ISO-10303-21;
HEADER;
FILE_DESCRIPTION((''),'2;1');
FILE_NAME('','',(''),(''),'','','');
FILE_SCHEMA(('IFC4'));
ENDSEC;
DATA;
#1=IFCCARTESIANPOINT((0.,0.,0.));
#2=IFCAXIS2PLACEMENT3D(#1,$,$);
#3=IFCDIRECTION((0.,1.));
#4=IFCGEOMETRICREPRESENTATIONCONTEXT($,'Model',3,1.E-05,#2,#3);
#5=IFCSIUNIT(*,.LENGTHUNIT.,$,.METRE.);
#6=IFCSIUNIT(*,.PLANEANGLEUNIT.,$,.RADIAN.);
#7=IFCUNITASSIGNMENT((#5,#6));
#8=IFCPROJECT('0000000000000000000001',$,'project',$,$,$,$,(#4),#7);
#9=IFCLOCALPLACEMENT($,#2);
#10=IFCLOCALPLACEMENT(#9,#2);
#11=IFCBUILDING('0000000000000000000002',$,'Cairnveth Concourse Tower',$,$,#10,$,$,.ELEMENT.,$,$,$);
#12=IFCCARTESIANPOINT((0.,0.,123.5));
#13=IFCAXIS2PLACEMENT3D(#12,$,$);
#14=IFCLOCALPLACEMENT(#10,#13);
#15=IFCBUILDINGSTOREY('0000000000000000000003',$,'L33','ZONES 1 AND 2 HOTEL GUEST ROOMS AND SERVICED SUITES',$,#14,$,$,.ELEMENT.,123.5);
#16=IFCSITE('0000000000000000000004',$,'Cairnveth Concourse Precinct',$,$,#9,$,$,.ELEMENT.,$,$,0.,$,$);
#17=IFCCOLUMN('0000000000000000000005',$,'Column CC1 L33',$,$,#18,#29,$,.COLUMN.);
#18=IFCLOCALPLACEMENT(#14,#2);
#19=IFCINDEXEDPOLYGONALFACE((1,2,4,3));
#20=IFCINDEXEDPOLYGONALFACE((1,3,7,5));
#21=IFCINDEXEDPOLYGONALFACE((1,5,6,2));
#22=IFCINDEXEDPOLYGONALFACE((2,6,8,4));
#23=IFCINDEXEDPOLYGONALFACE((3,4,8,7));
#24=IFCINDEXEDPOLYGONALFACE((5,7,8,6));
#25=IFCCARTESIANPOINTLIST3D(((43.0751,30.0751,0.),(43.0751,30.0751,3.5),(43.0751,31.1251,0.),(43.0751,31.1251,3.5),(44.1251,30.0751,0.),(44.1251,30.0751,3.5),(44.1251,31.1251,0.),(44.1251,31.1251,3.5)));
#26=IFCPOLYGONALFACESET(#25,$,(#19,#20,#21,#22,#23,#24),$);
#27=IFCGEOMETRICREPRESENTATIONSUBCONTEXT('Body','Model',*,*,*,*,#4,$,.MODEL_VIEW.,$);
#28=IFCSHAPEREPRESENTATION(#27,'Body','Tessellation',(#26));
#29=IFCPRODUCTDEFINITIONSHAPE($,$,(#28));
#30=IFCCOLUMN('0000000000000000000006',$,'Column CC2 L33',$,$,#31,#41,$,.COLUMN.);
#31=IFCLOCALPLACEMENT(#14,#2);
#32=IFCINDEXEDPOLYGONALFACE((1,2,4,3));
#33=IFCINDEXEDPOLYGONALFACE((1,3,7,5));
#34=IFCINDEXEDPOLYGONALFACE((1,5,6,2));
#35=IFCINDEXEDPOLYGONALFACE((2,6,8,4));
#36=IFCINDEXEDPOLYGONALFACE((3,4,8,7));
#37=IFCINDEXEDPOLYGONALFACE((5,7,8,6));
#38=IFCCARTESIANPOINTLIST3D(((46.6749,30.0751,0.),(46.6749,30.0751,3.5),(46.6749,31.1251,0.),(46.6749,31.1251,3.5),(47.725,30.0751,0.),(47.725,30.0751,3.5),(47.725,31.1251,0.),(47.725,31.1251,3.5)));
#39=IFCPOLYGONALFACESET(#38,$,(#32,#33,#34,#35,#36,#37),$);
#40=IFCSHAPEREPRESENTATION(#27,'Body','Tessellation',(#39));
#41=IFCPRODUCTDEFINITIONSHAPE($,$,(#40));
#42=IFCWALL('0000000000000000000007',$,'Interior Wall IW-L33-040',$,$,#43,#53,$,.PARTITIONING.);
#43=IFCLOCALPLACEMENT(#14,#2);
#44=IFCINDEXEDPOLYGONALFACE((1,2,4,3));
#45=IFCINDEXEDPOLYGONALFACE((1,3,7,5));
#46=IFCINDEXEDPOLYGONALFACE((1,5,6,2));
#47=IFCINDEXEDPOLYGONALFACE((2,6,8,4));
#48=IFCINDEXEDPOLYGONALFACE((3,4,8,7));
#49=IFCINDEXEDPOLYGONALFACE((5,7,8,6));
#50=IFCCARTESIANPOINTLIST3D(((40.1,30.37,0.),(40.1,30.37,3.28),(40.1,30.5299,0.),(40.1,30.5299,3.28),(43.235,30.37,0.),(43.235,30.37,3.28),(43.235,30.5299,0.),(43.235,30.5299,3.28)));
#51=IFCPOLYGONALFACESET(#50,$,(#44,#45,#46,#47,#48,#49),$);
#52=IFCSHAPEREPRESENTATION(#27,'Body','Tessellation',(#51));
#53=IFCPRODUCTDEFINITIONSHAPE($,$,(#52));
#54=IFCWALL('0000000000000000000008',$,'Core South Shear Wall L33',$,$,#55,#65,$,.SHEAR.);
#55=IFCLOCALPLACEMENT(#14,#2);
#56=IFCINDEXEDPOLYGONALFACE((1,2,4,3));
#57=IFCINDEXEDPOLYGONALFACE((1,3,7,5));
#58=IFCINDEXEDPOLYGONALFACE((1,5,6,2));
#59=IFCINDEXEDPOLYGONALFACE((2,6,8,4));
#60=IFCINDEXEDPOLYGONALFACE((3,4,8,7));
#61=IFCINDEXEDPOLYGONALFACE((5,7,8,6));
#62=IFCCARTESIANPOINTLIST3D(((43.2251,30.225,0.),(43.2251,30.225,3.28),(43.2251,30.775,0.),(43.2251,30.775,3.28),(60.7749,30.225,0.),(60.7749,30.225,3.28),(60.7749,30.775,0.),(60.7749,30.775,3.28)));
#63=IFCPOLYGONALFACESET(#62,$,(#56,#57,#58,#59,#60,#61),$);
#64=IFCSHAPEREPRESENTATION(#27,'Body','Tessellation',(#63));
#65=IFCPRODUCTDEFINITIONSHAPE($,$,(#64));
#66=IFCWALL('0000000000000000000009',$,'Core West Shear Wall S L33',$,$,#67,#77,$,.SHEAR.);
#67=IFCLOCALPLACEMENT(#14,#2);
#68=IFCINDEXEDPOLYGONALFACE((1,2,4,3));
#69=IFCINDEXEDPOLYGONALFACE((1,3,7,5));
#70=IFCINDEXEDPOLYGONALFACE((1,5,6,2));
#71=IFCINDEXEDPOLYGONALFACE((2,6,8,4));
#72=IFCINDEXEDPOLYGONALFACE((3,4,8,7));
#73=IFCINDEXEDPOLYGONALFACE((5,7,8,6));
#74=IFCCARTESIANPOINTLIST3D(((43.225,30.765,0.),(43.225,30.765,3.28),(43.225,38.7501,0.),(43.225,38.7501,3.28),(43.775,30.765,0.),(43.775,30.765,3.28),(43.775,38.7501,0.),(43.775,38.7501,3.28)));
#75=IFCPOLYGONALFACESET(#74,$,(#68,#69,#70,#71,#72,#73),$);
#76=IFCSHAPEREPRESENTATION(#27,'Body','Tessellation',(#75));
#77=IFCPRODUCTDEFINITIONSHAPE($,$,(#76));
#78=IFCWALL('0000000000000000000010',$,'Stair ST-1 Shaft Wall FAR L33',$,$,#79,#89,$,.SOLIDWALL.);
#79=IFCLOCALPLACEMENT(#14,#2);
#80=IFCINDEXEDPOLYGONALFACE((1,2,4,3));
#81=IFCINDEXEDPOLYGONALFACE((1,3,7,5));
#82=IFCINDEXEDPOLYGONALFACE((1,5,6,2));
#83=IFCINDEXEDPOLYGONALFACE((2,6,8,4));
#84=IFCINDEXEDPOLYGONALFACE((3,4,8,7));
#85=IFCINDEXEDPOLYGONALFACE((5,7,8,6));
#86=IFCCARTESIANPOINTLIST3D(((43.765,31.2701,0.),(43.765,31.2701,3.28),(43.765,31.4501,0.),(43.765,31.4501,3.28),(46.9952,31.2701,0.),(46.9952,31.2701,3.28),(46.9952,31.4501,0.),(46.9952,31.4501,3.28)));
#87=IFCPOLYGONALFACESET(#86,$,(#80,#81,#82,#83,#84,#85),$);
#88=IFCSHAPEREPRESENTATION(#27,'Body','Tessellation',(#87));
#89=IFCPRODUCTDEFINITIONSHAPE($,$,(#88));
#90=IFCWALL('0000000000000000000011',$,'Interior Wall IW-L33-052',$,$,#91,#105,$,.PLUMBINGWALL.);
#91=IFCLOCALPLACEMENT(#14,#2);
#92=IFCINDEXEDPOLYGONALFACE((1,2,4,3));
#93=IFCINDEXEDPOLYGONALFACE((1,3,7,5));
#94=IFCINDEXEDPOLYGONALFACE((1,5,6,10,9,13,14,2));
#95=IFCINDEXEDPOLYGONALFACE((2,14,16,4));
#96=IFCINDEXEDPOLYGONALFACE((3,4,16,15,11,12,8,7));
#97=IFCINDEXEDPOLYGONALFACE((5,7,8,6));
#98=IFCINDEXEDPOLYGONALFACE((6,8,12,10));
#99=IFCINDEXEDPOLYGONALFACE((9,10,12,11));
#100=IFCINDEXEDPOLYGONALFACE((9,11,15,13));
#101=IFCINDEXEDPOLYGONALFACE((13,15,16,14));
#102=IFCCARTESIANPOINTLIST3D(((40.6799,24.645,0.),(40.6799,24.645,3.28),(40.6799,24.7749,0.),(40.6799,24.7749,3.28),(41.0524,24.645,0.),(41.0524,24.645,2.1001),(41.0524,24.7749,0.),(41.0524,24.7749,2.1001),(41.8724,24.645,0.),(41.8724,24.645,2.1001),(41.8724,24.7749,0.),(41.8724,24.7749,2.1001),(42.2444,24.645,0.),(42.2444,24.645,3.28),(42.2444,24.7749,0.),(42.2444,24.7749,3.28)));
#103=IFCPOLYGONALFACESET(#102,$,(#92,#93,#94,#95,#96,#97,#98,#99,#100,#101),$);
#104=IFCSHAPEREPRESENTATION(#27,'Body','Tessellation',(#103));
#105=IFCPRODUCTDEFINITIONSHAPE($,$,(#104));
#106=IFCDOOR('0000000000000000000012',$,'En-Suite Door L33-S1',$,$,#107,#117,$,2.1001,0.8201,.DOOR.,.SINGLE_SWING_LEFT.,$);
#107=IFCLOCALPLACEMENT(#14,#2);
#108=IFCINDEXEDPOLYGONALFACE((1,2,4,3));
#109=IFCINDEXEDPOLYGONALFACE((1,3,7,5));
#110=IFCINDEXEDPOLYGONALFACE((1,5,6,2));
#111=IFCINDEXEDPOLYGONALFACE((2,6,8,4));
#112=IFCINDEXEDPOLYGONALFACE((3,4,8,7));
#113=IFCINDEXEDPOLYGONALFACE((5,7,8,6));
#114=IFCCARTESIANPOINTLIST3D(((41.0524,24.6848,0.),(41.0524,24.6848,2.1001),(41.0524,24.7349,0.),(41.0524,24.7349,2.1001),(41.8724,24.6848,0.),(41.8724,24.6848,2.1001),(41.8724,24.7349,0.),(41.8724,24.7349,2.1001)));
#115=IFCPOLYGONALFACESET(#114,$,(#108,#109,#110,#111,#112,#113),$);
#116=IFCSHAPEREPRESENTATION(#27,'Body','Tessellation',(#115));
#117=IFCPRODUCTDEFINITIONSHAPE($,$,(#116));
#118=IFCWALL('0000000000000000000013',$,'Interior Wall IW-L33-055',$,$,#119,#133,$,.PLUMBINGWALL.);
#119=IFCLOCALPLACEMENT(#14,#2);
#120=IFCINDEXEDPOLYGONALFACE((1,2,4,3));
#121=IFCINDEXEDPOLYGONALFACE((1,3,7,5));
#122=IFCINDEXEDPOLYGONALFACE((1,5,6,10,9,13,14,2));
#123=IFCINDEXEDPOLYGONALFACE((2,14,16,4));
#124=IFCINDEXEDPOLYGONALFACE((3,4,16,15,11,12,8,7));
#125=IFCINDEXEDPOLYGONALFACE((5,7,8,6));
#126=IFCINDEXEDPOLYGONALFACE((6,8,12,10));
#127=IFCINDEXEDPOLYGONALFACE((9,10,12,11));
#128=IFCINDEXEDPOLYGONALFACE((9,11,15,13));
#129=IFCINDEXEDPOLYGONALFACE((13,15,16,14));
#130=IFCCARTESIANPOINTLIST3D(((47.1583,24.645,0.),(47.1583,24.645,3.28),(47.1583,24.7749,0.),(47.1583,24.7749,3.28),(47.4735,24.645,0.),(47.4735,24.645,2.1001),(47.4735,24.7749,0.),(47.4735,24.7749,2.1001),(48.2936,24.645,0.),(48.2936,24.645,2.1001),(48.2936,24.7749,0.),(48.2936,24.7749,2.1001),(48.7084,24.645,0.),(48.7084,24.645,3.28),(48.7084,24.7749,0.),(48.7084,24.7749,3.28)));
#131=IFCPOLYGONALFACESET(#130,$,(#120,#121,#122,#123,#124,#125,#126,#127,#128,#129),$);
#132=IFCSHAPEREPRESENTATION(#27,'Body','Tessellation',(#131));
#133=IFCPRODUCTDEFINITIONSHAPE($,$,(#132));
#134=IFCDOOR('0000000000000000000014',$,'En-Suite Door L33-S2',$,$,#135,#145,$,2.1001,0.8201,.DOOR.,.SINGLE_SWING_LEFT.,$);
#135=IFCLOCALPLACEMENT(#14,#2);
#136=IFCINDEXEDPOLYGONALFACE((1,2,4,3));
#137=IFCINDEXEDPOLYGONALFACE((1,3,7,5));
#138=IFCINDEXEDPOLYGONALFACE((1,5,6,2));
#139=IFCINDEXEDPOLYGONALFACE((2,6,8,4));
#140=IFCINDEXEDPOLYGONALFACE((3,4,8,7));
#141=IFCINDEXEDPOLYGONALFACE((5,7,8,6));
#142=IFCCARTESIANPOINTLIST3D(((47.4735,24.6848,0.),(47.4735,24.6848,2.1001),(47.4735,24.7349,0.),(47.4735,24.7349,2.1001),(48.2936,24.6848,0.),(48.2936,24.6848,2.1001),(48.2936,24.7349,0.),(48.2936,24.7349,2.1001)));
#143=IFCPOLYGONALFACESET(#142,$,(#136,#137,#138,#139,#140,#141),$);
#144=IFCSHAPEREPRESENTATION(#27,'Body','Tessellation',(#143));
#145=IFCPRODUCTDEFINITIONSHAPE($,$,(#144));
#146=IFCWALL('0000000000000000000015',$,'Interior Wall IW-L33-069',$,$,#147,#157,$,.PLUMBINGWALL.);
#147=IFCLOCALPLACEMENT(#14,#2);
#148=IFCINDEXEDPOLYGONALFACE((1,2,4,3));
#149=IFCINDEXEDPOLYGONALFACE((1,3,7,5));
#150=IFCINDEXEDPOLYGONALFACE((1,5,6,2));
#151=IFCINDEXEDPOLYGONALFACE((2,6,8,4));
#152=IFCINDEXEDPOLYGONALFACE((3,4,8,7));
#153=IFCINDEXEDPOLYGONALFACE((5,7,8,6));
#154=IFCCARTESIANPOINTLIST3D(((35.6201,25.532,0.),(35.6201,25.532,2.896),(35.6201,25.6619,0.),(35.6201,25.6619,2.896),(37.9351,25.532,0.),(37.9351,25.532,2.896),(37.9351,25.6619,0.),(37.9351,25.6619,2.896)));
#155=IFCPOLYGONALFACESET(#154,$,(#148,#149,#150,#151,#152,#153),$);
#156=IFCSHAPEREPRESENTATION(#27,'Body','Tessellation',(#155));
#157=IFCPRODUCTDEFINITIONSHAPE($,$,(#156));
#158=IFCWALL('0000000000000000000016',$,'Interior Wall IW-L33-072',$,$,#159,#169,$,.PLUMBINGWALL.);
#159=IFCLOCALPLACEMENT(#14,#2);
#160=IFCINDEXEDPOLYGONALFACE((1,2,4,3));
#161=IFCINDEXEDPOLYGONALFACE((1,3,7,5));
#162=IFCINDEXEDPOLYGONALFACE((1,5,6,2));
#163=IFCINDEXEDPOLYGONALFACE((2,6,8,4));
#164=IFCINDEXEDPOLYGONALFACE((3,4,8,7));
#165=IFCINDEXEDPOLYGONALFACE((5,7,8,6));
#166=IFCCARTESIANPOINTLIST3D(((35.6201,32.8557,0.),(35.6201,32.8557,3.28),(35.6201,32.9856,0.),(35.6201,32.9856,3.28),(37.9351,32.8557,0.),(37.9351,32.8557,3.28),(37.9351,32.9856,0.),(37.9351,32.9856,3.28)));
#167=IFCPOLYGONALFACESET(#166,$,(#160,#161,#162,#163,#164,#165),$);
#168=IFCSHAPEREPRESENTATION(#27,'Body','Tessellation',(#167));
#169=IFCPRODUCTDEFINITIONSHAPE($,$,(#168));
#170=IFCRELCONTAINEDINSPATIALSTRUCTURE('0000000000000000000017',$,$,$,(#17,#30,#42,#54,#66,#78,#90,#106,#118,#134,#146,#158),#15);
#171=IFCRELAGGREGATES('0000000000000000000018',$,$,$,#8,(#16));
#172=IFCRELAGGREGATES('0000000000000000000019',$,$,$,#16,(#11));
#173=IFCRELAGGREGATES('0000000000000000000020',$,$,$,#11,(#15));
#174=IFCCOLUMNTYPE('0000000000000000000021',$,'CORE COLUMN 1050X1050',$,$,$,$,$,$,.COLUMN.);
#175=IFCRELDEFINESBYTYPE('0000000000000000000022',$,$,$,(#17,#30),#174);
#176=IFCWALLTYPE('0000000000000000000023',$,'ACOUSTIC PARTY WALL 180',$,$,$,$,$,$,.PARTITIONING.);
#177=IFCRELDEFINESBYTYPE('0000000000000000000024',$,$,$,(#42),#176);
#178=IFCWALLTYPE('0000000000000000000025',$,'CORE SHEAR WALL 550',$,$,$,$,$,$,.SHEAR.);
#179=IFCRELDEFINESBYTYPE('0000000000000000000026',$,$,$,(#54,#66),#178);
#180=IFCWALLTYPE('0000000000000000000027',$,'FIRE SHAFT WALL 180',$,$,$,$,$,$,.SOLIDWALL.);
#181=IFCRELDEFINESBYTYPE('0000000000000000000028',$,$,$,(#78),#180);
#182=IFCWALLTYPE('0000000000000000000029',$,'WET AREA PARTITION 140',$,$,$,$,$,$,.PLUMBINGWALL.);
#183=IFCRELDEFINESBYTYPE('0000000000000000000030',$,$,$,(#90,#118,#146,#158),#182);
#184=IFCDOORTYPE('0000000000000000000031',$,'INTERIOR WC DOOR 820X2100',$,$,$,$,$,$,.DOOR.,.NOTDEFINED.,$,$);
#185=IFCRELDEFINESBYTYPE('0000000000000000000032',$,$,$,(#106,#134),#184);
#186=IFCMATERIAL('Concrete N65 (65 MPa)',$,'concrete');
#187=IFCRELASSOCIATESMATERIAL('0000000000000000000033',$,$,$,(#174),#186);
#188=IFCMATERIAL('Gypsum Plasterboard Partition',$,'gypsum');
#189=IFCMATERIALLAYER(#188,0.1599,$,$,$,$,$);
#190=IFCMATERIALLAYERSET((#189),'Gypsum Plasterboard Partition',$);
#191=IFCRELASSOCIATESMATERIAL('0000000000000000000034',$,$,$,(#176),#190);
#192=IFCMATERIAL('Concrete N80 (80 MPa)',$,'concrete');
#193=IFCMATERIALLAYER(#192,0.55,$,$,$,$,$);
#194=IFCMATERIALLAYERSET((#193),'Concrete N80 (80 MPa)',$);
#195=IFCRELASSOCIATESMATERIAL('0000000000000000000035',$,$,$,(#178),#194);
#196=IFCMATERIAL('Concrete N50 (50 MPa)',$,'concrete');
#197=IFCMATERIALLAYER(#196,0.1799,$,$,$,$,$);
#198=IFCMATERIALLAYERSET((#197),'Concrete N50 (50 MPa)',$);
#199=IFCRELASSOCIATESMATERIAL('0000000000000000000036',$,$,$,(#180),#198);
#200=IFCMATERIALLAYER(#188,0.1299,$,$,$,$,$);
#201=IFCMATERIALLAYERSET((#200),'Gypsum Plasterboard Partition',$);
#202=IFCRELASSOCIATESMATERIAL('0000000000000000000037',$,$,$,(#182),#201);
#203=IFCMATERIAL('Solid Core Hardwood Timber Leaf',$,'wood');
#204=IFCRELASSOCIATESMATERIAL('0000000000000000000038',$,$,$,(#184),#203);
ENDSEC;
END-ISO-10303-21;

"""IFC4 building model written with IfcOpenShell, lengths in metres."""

from ifc_helpers import new_model, si_unit, direction, frame, frame_2d, origin, origin_2d, place, context, subcontext, project, spatial, rectangle, extrude, material, layer, layer_set, material_profile, profile_set, type_object, element, fill, save


model = new_model("IFC4")

# Units and contexts
model_context = context("Model", 3, precision=1e-05, world=origin(), true_north=direction((0.0, 1.0)))
body_context = subcontext(model_context, "Body", "Model", "MODEL_VIEW")
ifc_project = project(units=[si_unit("LENGTHUNIT", "METRE"), si_unit("PLANEANGLEUNIT", "RADIAN")], contexts=[model_context])

# Site, building, storey
site_placement = place(None, origin())
site = spatial("IfcSite", under=ifc_project, at=site_placement, Name="Cairnveth Concourse Precinct", CompositionType="ELEMENT", RefElevation=0.0)
building_placement = place(site_placement, origin())
building = spatial("IfcBuilding", under=site, at=building_placement, Name="Cairnveth Concourse Tower", CompositionType="ELEMENT")
storey_placement = place(building_placement, frame((0.0, 0.0, 123.5)))
storey = spatial("IfcBuildingStorey", under=building, at=storey_placement, Name="L33", Description="ZONES 1 AND 2 HOTEL GUEST ROOMS AND SERVICED SUITES", CompositionType="ELEMENT", Elevation=123.5)

# Columns
ifc_material_1 = material(Name="Concrete N65 (65 MPa)", Category="concrete")
ifc_material_profile = material_profile(ifc_material_1, rectangle(XDim=1.05, YDim=1.05, at=origin_2d()), Name="RC-COL-1050x1050")
ifc_profile_set = profile_set([ifc_material_profile], Name="Concrete N65 (65 MPa)")
column_type = type_object("IfcColumnType", Name="CORE COLUMN 1050X1050", PredefinedType="COLUMN", material=ifc_profile_set)
for number, where, z_axis, x_axis, name in (
    (1, (43.6001, 30.6001, 0.0), (0.0, 0.0, 1.0), (1.0, 0.0, 0.0), "Column CC1 L33"),
    (2, (47.2, 30.6001, 0.0), (0.0, 0.0, 1.0), (1.0, 0.0, 0.0), "Column CC2 L33"),
):
    element("IfcColumn", number, at=place(storey_placement, frame(where, z_axis=z_axis, x_axis=x_axis)), inside=storey, type_object=column_type, Name=name, PredefinedType="COLUMN", context=body_context, shape_type="SweptSolid", body=[
        extrude(rectangle(XDim=1.05, YDim=1.05, at=origin_2d()), origin(), (0.0, 0.0, 1.0), 3.5),
    ])

# Wall
ifc_material_2 = material(Name="Gypsum Plasterboard Partition", Category="gypsum")
ifc_layer_1 = layer(ifc_material_2, 0.1599)
ifc_layer_set_1 = layer_set([ifc_layer_1], Name="Gypsum Plasterboard Partition")
wall_type_1 = type_object("IfcWallType", Name="ACOUSTIC PARTY WALL 180", PredefinedType="PARTITIONING", material=ifc_layer_set_1)
wall_1_placement = place(storey_placement, frame((40.1001, 30.45, 0.0), z_axis=(0.0, 0.0, 1.0), x_axis=(1.0, 0.0, 0.0)))
element("IfcWall", 3, at=wall_1_placement, inside=storey, type_object=wall_type_1, Name="Interior Wall IW-L33-040", PredefinedType="PARTITIONING", context=body_context, shape_type="SweptSolid", body=[
    extrude(rectangle(XDim=3.135, YDim=0.1599, at=frame_2d((1.5674, 0.0))), origin(), (0.0, 0.0, 1.0), 3.28),
])

# Shared definitions
ifc_material_3 = material(Name="Solid Core Hardwood Timber Leaf", Category="wood")

# Walls
ifc_material_4 = material(Name="Concrete N80 (80 MPa)", Category="concrete")
ifc_layer_2 = layer(ifc_material_4, 0.55)
ifc_layer_set_2 = layer_set([ifc_layer_2], Name="Concrete N80 (80 MPa)")
wall_type_2 = type_object("IfcWallType", Name="CORE SHEAR WALL 550", PredefinedType="SHEAR", material=ifc_layer_set_2)
wall_2_placement = place(storey_placement, frame((43.2251, 30.5, 0.0), z_axis=(0.0, 0.0, 1.0), x_axis=(1.0, 0.0, 0.0)))
element("IfcWall", 4, at=wall_2_placement, inside=storey, type_object=wall_type_2, Name="Core South Shear Wall L33", PredefinedType="SHEAR", context=body_context, shape_type="SweptSolid", body=[
    extrude(rectangle(XDim=17.5498, YDim=0.55, at=frame_2d((8.7749, 0.0))), origin(), (0.0, 0.0, 1.0), 3.28),
])
wall_3_placement = place(storey_placement, frame((43.5, 30.7649, 0.0), z_axis=(0.0, 0.0, 1.0), x_axis=(0.0, 1.0, 0.0)))
element("IfcWall", 5, at=wall_3_placement, inside=storey, type_object=wall_type_2, Name="Core West Shear Wall S L33", PredefinedType="SHEAR", context=body_context, shape_type="SweptSolid", body=[
    extrude(rectangle(XDim=7.9851, YDim=0.55, at=frame_2d((3.9927, 0.0))), origin(), (0.0, 0.0, 1.0), 3.28),
])
ifc_material_5 = material(Name="Concrete N50 (50 MPa)", Category="concrete")
ifc_layer_3 = layer(ifc_material_5, 0.1799)
ifc_layer_set_3 = layer_set([ifc_layer_3], Name="Concrete N50 (50 MPa)")
wall_type_3 = type_object("IfcWallType", Name="FIRE SHAFT WALL 180", PredefinedType="SOLIDWALL", material=ifc_layer_set_3)
wall_4_placement = place(storey_placement, frame((43.7649, 31.3601, 0.0), z_axis=(0.0, 0.0, 1.0), x_axis=(1.0, 0.0, 0.0)))
element("IfcWall", 6, at=wall_4_placement, inside=storey, type_object=wall_type_3, Name="Stair ST-1 Shaft Wall FAR L33", PredefinedType="SOLIDWALL", context=body_context, shape_type="SweptSolid", body=[
    extrude(rectangle(XDim=3.2302, YDim=0.1799, at=frame_2d((1.6152, 0.0))), origin(), (0.0, 0.0, 1.0), 3.28),
])

# Walls, openings, doors
ifc_layer_4 = layer(ifc_material_2, 0.1299)
ifc_layer_set_4 = layer_set([ifc_layer_4], Name="Gypsum Plasterboard Partition")
wall_type_4 = type_object("IfcWallType", Name="WET AREA PARTITION 140", PredefinedType="PLUMBINGWALL", material=ifc_layer_set_4)
wall_5_placement = place(storey_placement, frame((40.6799, 24.71, 0.0), z_axis=(0.0, 0.0, 1.0), x_axis=(1.0, 0.0, 0.0)))
wall_5 = element("IfcWall", 7, at=wall_5_placement, inside=storey, type_object=wall_type_4, Name="Interior Wall IW-L33-052", PredefinedType="PLUMBINGWALL", context=body_context, shape_type="SweptSolid", body=[
    extrude(rectangle(XDim=1.5645, YDim=0.1299, at=frame_2d((0.7822, 0.0))), origin(), (0.0, 0.0, 1.0), 3.28),
])
opening_1_placement = place(wall_5_placement, frame((0.3723, 0.0, 0.0)))
opening_1 = element("IfcOpeningElement", 8, at=opening_1_placement, cuts=wall_5, PredefinedType="OPENING", context=body_context, shape_type="SweptSolid", body=[
    extrude(rectangle(XDim=0.8201, YDim=2.1001, at=frame_2d((0.4102, 1.05))), frame((0.0, 0.075, 0.0), z_axis=(0.0, -1.0, 0.0), x_axis=(1.0, 0.0, 0.0)), (0.0, 0.0, 1.0), 0.1499),
])
door_type_1 = type_object("IfcDoorType", Name="INTERIOR WC DOOR 820X2100", OperationType="NOTDEFINED", PredefinedType="DOOR", material=ifc_material_3)
door_1_placement = place(opening_1_placement, origin())
door_1 = element("IfcDoor", 9, at=door_1_placement, inside=storey, type_object=door_type_1, Name="En-Suite Door L33-S1", OperationType="SINGLE_SWING_LEFT", OverallHeight=2.1001, OverallWidth=0.8201, PredefinedType="DOOR", context=body_context, shape_type="SweptSolid", body=[
    extrude(rectangle(XDim=0.8201, YDim=2.1001, at=frame_2d((0.4102, 1.05))), frame((0.0, 0.0249, 0.0), z_axis=(0.0, -1.0, 0.0), x_axis=(1.0, 0.0, 0.0)), (0.0, 0.0, 1.0), 0.05),
])
fill(opening_1, door_1)
wall_6_placement = place(storey_placement, frame((47.1584, 24.71, 0.0), z_axis=(0.0, 0.0, 1.0), x_axis=(1.0, 0.0, 0.0)))
wall_6 = element("IfcWall", 10, at=wall_6_placement, inside=storey, type_object=wall_type_4, Name="Interior Wall IW-L33-055", PredefinedType="PLUMBINGWALL", context=body_context, shape_type="SweptSolid", body=[
    extrude(rectangle(XDim=1.55, YDim=0.1299, at=frame_2d((0.7749, 0.0))), origin(), (0.0, 0.0, 1.0), 3.28),
])
opening_2_placement = place(wall_6_placement, frame((0.3149, 0.0, 0.0)))
opening_2 = element("IfcOpeningElement", 11, at=opening_2_placement, cuts=wall_6, PredefinedType="OPENING", context=body_context, shape_type="SweptSolid", body=[
    extrude(rectangle(XDim=0.8201, YDim=2.1001, at=frame_2d((0.4102, 1.05))), frame((0.0, 0.075, 0.0), z_axis=(0.0, -1.0, 0.0), x_axis=(1.0, 0.0, 0.0)), (0.0, 0.0, 1.0), 0.1499),
])
door_2_placement = place(opening_2_placement, origin())
door_2 = element("IfcDoor", 12, at=door_2_placement, inside=storey, type_object=door_type_1, Name="En-Suite Door L33-S2", OperationType="SINGLE_SWING_LEFT", OverallHeight=2.1001, OverallWidth=0.8201, PredefinedType="DOOR", context=body_context, shape_type="SweptSolid", body=[
    extrude(rectangle(XDim=0.8201, YDim=2.1001, at=frame_2d((0.4102, 1.05))), frame((0.0, 0.0249, 0.0), z_axis=(0.0, -1.0, 0.0), x_axis=(1.0, 0.0, 0.0)), (0.0, 0.0, 1.0), 0.05),
])
fill(opening_2, door_2)

# Walls
wall_7_placement = place(storey_placement, frame((35.6201, 25.5969, 0.0), z_axis=(0.0, 0.0, 1.0), x_axis=(1.0, 0.0, 0.0)))
element("IfcWall", 13, at=wall_7_placement, inside=storey, type_object=wall_type_4, Name="Interior Wall IW-L33-069", PredefinedType="PLUMBINGWALL", context=body_context, shape_type="SweptSolid", body=[
    extrude(rectangle(XDim=2.3149, YDim=0.1299, at=frame_2d((1.1575, 0.0))), origin(), (0.0, 0.0, 1.0), 2.896),
])
wall_8_placement = place(storey_placement, frame((35.6201, 32.9207, 0.0), z_axis=(0.0, 0.0, 1.0), x_axis=(1.0, 0.0, 0.0)))
element("IfcWall", 14, at=wall_8_placement, inside=storey, type_object=wall_type_4, Name="Interior Wall IW-L33-072", PredefinedType="PLUMBINGWALL", context=body_context, shape_type="SweptSolid", body=[
    extrude(rectangle(XDim=2.3149, YDim=0.1299, at=frame_2d((1.1575, 0.0))), origin(), (0.0, 0.0, 1.0), 3.28),
])

save(model, "model.ifc")
